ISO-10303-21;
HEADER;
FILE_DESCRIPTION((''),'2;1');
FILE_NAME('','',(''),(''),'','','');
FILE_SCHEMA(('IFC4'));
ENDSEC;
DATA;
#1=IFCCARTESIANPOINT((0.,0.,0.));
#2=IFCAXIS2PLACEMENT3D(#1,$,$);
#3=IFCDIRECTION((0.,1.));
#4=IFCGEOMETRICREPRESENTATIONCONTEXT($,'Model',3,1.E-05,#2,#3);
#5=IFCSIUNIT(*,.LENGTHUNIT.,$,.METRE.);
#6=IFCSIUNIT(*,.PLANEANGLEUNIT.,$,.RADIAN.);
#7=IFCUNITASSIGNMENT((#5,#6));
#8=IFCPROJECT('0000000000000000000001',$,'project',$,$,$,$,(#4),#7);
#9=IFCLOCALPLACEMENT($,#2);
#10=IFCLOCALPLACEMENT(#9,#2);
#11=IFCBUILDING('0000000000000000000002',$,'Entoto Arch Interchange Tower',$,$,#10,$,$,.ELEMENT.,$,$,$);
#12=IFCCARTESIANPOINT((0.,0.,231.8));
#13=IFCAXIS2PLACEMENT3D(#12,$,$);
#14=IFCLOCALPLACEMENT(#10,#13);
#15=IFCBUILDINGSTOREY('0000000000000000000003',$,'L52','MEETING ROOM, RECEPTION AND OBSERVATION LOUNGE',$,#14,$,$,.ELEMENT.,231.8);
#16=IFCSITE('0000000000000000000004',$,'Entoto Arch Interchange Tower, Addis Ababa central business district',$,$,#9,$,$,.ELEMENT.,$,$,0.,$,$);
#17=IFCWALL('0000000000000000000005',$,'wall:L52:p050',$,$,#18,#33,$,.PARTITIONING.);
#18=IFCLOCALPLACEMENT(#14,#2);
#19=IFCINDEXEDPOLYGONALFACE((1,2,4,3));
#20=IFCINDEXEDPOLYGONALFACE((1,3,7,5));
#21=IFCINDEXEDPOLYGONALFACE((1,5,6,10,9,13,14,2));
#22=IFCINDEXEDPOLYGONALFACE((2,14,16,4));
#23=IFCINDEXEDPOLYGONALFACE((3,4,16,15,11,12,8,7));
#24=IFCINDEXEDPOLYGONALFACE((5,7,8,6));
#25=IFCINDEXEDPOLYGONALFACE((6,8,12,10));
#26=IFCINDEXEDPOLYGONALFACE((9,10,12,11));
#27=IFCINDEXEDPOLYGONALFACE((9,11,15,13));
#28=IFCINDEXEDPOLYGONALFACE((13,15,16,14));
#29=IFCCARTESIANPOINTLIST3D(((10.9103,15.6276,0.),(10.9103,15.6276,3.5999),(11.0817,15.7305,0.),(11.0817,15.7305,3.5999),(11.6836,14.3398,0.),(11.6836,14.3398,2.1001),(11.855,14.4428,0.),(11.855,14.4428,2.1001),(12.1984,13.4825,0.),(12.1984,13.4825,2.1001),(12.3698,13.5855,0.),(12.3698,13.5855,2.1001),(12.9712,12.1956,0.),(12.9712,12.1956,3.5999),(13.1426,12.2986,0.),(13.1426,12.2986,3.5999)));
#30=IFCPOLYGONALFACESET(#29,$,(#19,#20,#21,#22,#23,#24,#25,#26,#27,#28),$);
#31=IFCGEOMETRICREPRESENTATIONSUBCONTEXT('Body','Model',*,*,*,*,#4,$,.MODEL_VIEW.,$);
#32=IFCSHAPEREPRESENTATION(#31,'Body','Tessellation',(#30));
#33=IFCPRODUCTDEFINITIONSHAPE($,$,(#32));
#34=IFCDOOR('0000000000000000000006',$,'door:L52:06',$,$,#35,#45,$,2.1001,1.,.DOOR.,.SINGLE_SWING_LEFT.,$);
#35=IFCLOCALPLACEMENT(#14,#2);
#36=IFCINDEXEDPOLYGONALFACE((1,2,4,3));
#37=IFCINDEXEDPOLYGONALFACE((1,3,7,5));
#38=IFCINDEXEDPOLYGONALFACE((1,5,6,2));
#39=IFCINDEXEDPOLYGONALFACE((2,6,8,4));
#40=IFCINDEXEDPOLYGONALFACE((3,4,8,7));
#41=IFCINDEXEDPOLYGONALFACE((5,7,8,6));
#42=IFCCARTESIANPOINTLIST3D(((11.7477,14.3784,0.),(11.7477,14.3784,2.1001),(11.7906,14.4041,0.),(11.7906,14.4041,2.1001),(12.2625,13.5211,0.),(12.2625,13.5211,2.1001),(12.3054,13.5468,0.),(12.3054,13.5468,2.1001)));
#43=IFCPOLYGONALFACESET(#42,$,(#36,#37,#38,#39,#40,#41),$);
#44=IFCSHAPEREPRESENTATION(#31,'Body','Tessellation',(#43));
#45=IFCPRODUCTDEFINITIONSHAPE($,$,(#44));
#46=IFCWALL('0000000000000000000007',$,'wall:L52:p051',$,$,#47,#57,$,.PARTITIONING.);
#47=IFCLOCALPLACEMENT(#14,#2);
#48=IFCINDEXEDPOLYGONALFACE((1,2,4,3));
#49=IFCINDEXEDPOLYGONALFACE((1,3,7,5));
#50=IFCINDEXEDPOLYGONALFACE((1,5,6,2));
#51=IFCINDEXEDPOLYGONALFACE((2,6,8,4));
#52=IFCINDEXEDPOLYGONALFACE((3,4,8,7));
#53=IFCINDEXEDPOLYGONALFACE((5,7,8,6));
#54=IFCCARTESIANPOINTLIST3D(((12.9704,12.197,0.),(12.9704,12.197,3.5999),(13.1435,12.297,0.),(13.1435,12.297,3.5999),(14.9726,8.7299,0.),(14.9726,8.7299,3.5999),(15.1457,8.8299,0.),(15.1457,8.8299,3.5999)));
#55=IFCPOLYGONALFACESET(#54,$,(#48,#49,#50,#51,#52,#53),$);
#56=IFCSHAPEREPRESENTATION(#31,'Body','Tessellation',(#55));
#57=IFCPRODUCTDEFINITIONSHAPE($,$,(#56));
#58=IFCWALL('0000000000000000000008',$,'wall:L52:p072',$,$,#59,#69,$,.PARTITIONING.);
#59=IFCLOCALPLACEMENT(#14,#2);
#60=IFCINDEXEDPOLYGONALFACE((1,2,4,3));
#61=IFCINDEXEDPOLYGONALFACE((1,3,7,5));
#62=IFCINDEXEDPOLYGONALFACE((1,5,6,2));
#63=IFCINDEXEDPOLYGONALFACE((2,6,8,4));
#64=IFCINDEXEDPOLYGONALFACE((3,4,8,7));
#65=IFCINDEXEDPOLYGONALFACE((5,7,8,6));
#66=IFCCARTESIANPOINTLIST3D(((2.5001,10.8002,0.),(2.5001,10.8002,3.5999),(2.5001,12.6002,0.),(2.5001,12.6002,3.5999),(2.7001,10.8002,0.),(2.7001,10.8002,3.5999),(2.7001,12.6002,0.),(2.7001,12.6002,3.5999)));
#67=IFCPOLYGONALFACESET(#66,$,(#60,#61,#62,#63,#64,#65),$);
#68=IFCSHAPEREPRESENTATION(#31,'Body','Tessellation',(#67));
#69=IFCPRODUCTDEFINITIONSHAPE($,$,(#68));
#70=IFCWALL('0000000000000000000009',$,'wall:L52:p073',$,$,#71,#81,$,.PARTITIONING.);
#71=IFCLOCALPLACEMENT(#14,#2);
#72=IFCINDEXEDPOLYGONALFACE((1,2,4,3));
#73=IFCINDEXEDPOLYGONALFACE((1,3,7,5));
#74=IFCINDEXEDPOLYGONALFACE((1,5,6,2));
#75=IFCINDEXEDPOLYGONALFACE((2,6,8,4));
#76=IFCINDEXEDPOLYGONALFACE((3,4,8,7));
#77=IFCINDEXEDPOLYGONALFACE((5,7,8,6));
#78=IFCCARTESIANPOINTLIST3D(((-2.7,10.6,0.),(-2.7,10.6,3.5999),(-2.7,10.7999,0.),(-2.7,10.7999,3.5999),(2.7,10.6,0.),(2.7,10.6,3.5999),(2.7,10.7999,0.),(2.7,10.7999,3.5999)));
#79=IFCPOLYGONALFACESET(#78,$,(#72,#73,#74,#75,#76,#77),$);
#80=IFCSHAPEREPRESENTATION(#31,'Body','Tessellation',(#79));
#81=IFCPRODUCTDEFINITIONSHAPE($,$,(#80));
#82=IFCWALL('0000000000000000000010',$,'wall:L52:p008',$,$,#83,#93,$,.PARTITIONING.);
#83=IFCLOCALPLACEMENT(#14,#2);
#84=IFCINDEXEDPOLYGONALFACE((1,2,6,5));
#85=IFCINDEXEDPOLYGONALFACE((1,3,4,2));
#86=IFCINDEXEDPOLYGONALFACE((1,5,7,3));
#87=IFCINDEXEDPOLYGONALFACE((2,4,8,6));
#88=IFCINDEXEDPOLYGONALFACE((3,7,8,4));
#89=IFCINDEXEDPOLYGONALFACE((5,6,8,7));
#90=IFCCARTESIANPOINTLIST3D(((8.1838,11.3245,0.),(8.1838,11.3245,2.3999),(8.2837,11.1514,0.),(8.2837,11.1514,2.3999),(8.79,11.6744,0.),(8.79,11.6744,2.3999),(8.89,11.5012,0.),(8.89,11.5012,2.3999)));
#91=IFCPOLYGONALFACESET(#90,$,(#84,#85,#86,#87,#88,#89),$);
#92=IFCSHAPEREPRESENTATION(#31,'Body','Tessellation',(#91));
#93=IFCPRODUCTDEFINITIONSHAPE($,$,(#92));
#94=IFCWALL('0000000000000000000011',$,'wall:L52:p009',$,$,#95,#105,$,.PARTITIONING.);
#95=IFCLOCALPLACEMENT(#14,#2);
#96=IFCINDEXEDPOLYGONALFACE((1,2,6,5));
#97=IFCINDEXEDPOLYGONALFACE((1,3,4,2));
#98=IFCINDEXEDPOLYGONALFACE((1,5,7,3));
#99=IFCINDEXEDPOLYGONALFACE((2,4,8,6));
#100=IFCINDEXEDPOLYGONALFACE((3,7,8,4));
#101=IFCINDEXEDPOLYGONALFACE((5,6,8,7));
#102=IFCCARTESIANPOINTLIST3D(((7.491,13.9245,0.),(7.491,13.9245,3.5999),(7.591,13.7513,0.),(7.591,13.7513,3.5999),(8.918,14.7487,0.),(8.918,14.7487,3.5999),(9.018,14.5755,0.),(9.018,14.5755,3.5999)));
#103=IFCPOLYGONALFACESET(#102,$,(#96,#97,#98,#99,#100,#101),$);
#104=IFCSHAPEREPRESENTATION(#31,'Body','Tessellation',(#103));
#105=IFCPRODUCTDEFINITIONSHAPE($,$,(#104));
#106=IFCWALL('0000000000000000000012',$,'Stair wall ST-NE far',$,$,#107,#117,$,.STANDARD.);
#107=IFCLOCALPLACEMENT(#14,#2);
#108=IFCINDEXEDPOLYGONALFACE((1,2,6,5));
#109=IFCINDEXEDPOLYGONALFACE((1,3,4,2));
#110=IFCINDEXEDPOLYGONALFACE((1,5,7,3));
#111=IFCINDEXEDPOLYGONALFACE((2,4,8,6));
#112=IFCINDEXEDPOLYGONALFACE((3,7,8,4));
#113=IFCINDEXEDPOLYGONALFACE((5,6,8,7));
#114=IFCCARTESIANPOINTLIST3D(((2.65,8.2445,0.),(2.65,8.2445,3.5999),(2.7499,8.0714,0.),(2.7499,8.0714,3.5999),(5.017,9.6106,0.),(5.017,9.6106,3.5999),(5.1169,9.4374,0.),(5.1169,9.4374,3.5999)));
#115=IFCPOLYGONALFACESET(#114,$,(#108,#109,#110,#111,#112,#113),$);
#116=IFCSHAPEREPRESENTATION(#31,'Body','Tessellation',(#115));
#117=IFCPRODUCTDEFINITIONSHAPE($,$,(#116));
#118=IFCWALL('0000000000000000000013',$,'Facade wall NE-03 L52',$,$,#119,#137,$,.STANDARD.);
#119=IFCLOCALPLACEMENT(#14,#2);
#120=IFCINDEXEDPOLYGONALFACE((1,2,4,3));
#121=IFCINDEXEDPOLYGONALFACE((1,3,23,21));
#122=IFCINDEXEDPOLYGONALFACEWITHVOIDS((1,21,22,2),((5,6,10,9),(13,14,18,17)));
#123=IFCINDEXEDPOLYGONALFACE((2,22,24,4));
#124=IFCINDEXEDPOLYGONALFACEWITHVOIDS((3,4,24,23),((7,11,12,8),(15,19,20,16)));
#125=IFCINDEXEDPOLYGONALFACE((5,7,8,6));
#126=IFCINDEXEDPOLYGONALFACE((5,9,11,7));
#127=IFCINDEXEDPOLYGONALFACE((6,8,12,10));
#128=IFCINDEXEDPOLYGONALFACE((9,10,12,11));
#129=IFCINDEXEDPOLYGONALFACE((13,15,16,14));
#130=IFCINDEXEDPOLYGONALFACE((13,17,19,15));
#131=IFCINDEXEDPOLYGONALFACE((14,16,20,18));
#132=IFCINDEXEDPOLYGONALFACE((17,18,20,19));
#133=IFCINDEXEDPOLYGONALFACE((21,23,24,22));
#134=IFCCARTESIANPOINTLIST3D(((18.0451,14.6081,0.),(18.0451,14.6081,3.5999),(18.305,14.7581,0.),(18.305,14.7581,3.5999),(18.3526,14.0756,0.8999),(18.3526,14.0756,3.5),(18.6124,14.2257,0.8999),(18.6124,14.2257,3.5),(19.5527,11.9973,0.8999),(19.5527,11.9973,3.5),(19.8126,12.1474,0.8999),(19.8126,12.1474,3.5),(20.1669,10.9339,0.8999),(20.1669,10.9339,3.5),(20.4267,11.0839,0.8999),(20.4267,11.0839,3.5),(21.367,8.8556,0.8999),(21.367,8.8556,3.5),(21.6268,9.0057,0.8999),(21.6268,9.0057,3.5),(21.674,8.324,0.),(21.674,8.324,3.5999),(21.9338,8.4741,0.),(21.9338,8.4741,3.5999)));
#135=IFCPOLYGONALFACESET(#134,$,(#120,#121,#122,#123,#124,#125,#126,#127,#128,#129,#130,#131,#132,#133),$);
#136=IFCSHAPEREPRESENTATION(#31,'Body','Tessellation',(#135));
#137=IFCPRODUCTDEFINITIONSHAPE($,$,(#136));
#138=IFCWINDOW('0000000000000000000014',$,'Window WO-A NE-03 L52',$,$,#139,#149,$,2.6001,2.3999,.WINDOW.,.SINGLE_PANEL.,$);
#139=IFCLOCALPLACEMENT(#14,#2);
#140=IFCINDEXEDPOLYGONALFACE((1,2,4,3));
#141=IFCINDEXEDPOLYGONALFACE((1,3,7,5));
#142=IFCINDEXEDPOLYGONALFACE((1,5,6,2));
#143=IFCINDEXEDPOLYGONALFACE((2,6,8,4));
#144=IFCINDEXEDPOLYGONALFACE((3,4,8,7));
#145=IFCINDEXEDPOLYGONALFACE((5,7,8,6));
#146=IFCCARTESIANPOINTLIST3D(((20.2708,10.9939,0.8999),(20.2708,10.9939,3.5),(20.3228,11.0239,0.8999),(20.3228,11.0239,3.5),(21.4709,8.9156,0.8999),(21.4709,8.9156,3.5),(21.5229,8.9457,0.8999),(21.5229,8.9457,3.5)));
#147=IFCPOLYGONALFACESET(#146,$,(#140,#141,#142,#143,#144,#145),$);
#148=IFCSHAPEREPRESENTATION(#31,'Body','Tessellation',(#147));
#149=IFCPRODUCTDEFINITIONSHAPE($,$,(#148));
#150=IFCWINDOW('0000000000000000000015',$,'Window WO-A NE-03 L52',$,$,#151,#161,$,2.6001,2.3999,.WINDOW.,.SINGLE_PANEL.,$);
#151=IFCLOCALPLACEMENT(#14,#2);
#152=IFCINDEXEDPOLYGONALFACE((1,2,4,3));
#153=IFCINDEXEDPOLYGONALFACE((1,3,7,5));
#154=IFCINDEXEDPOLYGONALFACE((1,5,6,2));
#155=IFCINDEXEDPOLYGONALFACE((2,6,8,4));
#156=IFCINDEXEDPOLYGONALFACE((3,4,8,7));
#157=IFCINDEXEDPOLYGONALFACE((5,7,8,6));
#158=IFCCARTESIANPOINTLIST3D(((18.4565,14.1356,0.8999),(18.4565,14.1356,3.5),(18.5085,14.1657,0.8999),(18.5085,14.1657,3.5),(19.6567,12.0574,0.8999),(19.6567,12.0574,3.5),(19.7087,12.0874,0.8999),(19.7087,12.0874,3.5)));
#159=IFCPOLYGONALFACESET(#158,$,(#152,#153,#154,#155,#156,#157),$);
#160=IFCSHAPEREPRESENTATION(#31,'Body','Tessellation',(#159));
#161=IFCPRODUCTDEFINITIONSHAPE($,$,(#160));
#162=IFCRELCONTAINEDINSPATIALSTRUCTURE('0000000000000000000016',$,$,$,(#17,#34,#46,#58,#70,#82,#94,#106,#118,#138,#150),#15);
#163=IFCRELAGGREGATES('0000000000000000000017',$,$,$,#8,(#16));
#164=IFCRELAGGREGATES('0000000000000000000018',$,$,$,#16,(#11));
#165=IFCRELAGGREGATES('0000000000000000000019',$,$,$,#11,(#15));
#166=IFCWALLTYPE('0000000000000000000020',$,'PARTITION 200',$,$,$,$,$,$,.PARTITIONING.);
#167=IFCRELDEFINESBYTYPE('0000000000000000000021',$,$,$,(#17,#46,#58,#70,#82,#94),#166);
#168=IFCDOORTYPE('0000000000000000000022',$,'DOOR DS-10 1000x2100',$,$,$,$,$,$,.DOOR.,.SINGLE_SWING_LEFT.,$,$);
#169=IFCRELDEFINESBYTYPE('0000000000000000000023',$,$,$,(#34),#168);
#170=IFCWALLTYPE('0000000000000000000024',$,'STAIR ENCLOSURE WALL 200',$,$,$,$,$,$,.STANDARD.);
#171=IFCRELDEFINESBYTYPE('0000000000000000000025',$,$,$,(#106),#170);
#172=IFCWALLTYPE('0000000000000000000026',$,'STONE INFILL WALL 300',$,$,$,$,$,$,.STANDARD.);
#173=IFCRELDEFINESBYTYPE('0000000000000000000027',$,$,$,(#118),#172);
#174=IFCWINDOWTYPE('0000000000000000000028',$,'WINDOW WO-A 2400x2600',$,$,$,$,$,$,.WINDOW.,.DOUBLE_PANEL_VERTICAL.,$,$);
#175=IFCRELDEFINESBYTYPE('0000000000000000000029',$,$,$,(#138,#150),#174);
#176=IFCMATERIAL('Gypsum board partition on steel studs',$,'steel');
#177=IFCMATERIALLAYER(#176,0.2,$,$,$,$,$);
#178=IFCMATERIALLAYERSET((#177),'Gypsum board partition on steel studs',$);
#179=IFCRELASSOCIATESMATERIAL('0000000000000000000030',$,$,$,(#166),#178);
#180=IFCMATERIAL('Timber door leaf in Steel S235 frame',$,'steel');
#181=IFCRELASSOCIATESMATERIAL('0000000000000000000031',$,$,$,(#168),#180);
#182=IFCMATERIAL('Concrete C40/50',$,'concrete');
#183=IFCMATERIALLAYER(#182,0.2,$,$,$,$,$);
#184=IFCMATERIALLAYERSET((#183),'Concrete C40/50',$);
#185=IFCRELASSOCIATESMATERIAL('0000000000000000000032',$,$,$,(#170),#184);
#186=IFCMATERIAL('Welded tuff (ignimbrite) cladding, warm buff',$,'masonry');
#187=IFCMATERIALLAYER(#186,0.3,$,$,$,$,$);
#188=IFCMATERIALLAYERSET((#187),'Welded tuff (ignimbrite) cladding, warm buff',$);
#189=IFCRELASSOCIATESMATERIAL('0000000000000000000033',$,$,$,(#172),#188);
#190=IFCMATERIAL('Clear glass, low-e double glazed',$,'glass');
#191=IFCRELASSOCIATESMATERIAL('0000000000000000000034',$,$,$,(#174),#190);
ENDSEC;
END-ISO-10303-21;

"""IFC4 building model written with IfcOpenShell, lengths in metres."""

from ifc_helpers import new_model, si_unit, direction, frame, frame_2d, origin, place, context, subcontext, project, spatial, rectangle, extrude, material, layer, layer_set, type_object, element, fill, save


model = new_model("IFC4")

# Units and contexts
model_context = context("Model", 3, precision=1e-05, world=origin(), true_north=direction((0.0, 1.0)))
body_context = subcontext(model_context, "Body", "Model", "MODEL_VIEW")
ifc_project = project(units=[si_unit("LENGTHUNIT", "METRE"), si_unit("PLANEANGLEUNIT", "RADIAN")], contexts=[model_context])

# Site, building, storey
site_placement = place(None, origin())
site = spatial("IfcSite", under=ifc_project, at=site_placement, Name="Entoto Arch Interchange Tower, Addis Ababa central business district", CompositionType="ELEMENT", RefElevation=0.0)
building_placement = place(site_placement, origin())
building = spatial("IfcBuilding", under=site, at=building_placement, Name="Entoto Arch Interchange Tower", CompositionType="ELEMENT")
storey_placement = place(building_placement, frame((0.0, 0.0, 231.8)))
storey = spatial("IfcBuildingStorey", under=building, at=storey_placement, Name="L52", Description="MEETING ROOM, RECEPTION AND OBSERVATION LOUNGE", CompositionType="ELEMENT", Elevation=231.8)

# Shared definitions
ifc_material_1 = material(Name="Concrete C40/50", Category="concrete")
ifc_material_2 = material(Name="Gypsum board partition on steel studs", Category="steel")
ifc_layer_1 = layer(ifc_material_2, 0.2)
ifc_layer_set_1 = layer_set([ifc_layer_1], Name="Gypsum board partition on steel studs")
wall_type_1 = type_object("IfcWallType", Name="PARTITION 200", PredefinedType="PARTITIONING", material=ifc_layer_set_1)

# Shared definitions
ifc_material_3 = material(Name="Timber door leaf in Steel S235 frame", Category="steel")
door_type_1 = type_object("IfcDoorType", Name="DOOR DS-10 1000x2100", OperationType="SINGLE_SWING_LEFT", PredefinedType="DOOR", material=ifc_material_3)

# Wall, opening, door
wall_1_placement = place(storey_placement, frame((10.9961, 15.679, 0.0), z_axis=(0.0, 0.0, 1.0), x_axis=(0.514801, -0.85731, 0.0)))
wall_1 = element("IfcWall", 1, at=wall_1_placement, inside=storey, type_object=wall_type_1, Name="wall:L52:p050", PredefinedType="PARTITIONING", context=body_context, shape_type="SweptSolid", body=[
    extrude(rectangle(XDim=4.0032, YDim=0.2, at=frame_2d((2.0015, 0.0))), origin(), (0.0, 0.0, 1.0), 3.5999),
])
opening_1_placement = place(wall_1_placement, frame((1.502, 0.0, 0.0)))
opening_1 = element("IfcOpeningElement", 2, at=opening_1_placement, cuts=wall_1, PredefinedType="OPENING", context=body_context, shape_type="SweptSolid", body=[
    extrude(rectangle(XDim=1.0, YDim=2.1001, at=frame_2d((0.5, 1.05))), frame((0.0, 0.1099, 0.0), z_axis=(0.0, -1.0, 0.0), x_axis=(1.0, 0.0, 0.0)), (0.0, 0.0, 1.0), 0.22),
])
door_1_placement = place(opening_1_placement, origin())
door_1 = element("IfcDoor", 3, at=door_1_placement, inside=storey, type_object=door_type_1, Name="door:L52:06", OperationType="SINGLE_SWING_LEFT", OverallHeight=2.1001, OverallWidth=1.0, PredefinedType="DOOR", context=body_context, shape_type="SweptSolid", body=[
    extrude(rectangle(XDim=1.0, YDim=2.1001, at=frame_2d((0.5, 1.05))), frame((0.0, 0.0249, 0.0), z_axis=(0.0, -1.0, 0.0), x_axis=(1.0, 0.0, 0.0)), (0.0, 0.0, 1.0), 0.05),
])
fill(opening_1, door_1)

# Walls
wall_2_placement = place(storey_placement, frame((13.0569, 12.2471, 0.0), z_axis=(0.0, 0.0, 1.0), x_axis=(0.500094, -0.865971, 0.0)))
element("IfcWall", 4, at=wall_2_placement, inside=storey, type_object=wall_type_1, Name="wall:L52:p051", PredefinedType="PARTITIONING", context=body_context, shape_type="SweptSolid", body=[
    extrude(rectangle(XDim=4.0037, YDim=0.2, at=frame_2d((2.002, 0.0))), origin(), (0.0, 0.0, 1.0), 3.5999),
])
wall_3_placement = place(storey_placement, frame((2.6001, 12.6001, 0.0), z_axis=(0.0, 0.0, 1.0), x_axis=(0.0, -1.0, 0.0)))
element("IfcWall", 5, at=wall_3_placement, inside=storey, type_object=wall_type_1, Name="wall:L52:p072", PredefinedType="PARTITIONING", context=body_context, shape_type="SweptSolid", body=[
    extrude(rectangle(XDim=1.8, YDim=0.2, at=frame_2d((0.8999, 0.0))), origin(), (0.0, 0.0, 1.0), 3.5999),
])
wall_4_placement = place(storey_placement, frame((2.7, 10.7, 0.0), z_axis=(0.0, 0.0, 1.0), x_axis=(-1.0, 0.0, 0.0)))
element("IfcWall", 6, at=wall_4_placement, inside=storey, type_object=wall_type_1, Name="wall:L52:p073", PredefinedType="PARTITIONING", context=body_context, shape_type="SweptSolid", body=[
    extrude(rectangle(XDim=5.3999, YDim=0.2, at=frame_2d((2.7, 0.0))), origin(), (0.0, 0.0, 1.0), 3.5999),
])
wall_5_placement = place(storey_placement, frame((8.8401, 11.5879, 0.0), z_axis=(0.0, 0.0, 1.0), x_axis=(-0.86611, -0.499853, 0.0)))
element("IfcWall", 7, at=wall_5_placement, inside=storey, type_object=wall_type_1, Name="wall:L52:p008", PredefinedType="PARTITIONING", context=body_context, shape_type="SweptSolid", body=[
    extrude(rectangle(XDim=0.7, YDim=0.2, at=frame_2d((0.3501, 0.0))), origin(), (0.0, 0.0, 1.0), 2.3999),
])
wall_6_placement = place(storey_placement, frame((7.541, 13.8379, 0.0), z_axis=(0.0, 0.0, 1.0), x_axis=(0.865936, 0.500154, 0.0)))
element("IfcWall", 8, at=wall_6_placement, inside=storey, type_object=wall_type_1, Name="wall:L52:p009", PredefinedType="PARTITIONING", context=body_context, shape_type="SweptSolid", body=[
    extrude(rectangle(XDim=1.6479, YDim=0.2, at=frame_2d((0.824, 0.0))), origin(), (0.0, 0.0, 1.0), 3.5999),
])
ifc_layer_2 = layer(ifc_material_1, 0.2)
ifc_layer_set_2 = layer_set([ifc_layer_2], Name="Concrete C40/50")
wall_type_2 = type_object("IfcWallType", Name="STAIR ENCLOSURE WALL 200", PredefinedType="STANDARD", material=ifc_layer_set_2)
wall_7_placement = place(storey_placement, frame((2.7, 8.158, 0.0), z_axis=(0.0, 0.0, 1.0), x_axis=(0.866119, 0.499838, 0.0)))
element("IfcWall", 9, at=wall_7_placement, inside=storey, type_object=wall_type_2, Name="Stair wall ST-NE far", PredefinedType="STANDARD", context=body_context, shape_type="SweptSolid", body=[
    extrude(rectangle(XDim=2.7329, YDim=0.2, at=frame_2d((1.3665, 0.0))), origin(), (0.0, 0.0, 1.0), 3.5999),
])

# Wall, openings, windows
ifc_material_4 = material(Name="Welded tuff (ignimbrite) cladding, warm buff", Category="masonry")
ifc_layer_3 = layer(ifc_material_4, 0.3)
ifc_layer_set_3 = layer_set([ifc_layer_3], Name="Welded tuff (ignimbrite) cladding, warm buff")
wall_type_3 = type_object("IfcWallType", Name="STONE INFILL WALL 300", PredefinedType="STANDARD", material=ifc_layer_set_3)
wall_8_placement = place(storey_placement, frame((21.804, 8.3989, 0.0), z_axis=(0.0, 0.0, 1.0), x_axis=(-0.500076, 0.865982, 0.0)))
wall_8 = element("IfcWall", 10, at=wall_8_placement, inside=storey, type_object=wall_type_3, Name="Facade wall NE-03 L52", PredefinedType="STANDARD", context=body_context, shape_type="SweptSolid", body=[
    extrude(rectangle(XDim=7.2566, YDim=0.3, at=frame_2d((3.6284, 0.0))), origin(), (0.0, 0.0, 1.0), 3.5999),
])
opening_2_placement = place(wall_8_placement, frame((0.614, 0.0, 0.8999)))
opening_2 = element("IfcOpeningElement", 11, at=opening_2_placement, cuts=wall_8, PredefinedType="OPENING", context=body_context, shape_type="SweptSolid", body=[
    extrude(rectangle(XDim=2.3999, YDim=2.6001, at=frame_2d((1.2, 1.3))), frame((0.0, 0.1602, 0.0), z_axis=(0.0, -1.0, 0.0), x_axis=(1.0, 0.0, 0.0)), (0.0, 0.0, 1.0), 0.3201),
])
opening_3_placement = place(wall_8_placement, frame((4.2419, 0.0, 0.8999)))
opening_3 = element("IfcOpeningElement", 12, at=opening_3_placement, cuts=wall_8, PredefinedType="OPENING", context=body_context, shape_type="SweptSolid", body=[
    extrude(rectangle(XDim=2.3999, YDim=2.6001, at=frame_2d((1.2, 1.3))), frame((0.0, 0.1602, 0.0), z_axis=(0.0, -1.0, 0.0), x_axis=(1.0, 0.0, 0.0)), (0.0, 0.0, 1.0), 0.3201),
])
ifc_material_5 = material(Name="Clear glass, low-e double glazed", Category="glass")
window_type = type_object("IfcWindowType", Name="WINDOW WO-A 2400x2600", PartitioningType="DOUBLE_PANEL_VERTICAL", PredefinedType="WINDOW", material=ifc_material_5)
window_1_placement = place(opening_2_placement, origin())
window_1 = element("IfcWindow", 13, at=window_1_placement, inside=storey, type_object=window_type, Name="Window WO-A NE-03 L52", OverallHeight=2.6001, OverallWidth=2.3999, PartitioningType="SINGLE_PANEL", PredefinedType="WINDOW", context=body_context, shape_type="SweptSolid", body=[
    extrude(rectangle(XDim=2.3999, YDim=2.6001, at=frame_2d((1.2, 1.3))), frame((0.0, 0.03, 0.0), z_axis=(0.0, -1.0, 0.0), x_axis=(1.0, 0.0, 0.0)), (0.0, 0.0, 1.0), 0.0601),
])
fill(opening_2, window_1)
window_2_placement = place(opening_3_placement, origin())
window_2 = element("IfcWindow", 14, at=window_2_placement, inside=storey, type_object=window_type, Name="Window WO-A NE-03 L52", OverallHeight=2.6001, OverallWidth=2.3999, PartitioningType="SINGLE_PANEL", PredefinedType="WINDOW", context=body_context, shape_type="SweptSolid", body=[
    extrude(rectangle(XDim=2.3999, YDim=2.6001, at=frame_2d((1.2, 1.3))), frame((0.0, 0.03, 0.0), z_axis=(0.0, -1.0, 0.0), x_axis=(1.0, 0.0, 0.0)), (0.0, 0.0, 1.0), 0.0601),
])
fill(opening_3, window_2)

save(model, "model.ifc")
